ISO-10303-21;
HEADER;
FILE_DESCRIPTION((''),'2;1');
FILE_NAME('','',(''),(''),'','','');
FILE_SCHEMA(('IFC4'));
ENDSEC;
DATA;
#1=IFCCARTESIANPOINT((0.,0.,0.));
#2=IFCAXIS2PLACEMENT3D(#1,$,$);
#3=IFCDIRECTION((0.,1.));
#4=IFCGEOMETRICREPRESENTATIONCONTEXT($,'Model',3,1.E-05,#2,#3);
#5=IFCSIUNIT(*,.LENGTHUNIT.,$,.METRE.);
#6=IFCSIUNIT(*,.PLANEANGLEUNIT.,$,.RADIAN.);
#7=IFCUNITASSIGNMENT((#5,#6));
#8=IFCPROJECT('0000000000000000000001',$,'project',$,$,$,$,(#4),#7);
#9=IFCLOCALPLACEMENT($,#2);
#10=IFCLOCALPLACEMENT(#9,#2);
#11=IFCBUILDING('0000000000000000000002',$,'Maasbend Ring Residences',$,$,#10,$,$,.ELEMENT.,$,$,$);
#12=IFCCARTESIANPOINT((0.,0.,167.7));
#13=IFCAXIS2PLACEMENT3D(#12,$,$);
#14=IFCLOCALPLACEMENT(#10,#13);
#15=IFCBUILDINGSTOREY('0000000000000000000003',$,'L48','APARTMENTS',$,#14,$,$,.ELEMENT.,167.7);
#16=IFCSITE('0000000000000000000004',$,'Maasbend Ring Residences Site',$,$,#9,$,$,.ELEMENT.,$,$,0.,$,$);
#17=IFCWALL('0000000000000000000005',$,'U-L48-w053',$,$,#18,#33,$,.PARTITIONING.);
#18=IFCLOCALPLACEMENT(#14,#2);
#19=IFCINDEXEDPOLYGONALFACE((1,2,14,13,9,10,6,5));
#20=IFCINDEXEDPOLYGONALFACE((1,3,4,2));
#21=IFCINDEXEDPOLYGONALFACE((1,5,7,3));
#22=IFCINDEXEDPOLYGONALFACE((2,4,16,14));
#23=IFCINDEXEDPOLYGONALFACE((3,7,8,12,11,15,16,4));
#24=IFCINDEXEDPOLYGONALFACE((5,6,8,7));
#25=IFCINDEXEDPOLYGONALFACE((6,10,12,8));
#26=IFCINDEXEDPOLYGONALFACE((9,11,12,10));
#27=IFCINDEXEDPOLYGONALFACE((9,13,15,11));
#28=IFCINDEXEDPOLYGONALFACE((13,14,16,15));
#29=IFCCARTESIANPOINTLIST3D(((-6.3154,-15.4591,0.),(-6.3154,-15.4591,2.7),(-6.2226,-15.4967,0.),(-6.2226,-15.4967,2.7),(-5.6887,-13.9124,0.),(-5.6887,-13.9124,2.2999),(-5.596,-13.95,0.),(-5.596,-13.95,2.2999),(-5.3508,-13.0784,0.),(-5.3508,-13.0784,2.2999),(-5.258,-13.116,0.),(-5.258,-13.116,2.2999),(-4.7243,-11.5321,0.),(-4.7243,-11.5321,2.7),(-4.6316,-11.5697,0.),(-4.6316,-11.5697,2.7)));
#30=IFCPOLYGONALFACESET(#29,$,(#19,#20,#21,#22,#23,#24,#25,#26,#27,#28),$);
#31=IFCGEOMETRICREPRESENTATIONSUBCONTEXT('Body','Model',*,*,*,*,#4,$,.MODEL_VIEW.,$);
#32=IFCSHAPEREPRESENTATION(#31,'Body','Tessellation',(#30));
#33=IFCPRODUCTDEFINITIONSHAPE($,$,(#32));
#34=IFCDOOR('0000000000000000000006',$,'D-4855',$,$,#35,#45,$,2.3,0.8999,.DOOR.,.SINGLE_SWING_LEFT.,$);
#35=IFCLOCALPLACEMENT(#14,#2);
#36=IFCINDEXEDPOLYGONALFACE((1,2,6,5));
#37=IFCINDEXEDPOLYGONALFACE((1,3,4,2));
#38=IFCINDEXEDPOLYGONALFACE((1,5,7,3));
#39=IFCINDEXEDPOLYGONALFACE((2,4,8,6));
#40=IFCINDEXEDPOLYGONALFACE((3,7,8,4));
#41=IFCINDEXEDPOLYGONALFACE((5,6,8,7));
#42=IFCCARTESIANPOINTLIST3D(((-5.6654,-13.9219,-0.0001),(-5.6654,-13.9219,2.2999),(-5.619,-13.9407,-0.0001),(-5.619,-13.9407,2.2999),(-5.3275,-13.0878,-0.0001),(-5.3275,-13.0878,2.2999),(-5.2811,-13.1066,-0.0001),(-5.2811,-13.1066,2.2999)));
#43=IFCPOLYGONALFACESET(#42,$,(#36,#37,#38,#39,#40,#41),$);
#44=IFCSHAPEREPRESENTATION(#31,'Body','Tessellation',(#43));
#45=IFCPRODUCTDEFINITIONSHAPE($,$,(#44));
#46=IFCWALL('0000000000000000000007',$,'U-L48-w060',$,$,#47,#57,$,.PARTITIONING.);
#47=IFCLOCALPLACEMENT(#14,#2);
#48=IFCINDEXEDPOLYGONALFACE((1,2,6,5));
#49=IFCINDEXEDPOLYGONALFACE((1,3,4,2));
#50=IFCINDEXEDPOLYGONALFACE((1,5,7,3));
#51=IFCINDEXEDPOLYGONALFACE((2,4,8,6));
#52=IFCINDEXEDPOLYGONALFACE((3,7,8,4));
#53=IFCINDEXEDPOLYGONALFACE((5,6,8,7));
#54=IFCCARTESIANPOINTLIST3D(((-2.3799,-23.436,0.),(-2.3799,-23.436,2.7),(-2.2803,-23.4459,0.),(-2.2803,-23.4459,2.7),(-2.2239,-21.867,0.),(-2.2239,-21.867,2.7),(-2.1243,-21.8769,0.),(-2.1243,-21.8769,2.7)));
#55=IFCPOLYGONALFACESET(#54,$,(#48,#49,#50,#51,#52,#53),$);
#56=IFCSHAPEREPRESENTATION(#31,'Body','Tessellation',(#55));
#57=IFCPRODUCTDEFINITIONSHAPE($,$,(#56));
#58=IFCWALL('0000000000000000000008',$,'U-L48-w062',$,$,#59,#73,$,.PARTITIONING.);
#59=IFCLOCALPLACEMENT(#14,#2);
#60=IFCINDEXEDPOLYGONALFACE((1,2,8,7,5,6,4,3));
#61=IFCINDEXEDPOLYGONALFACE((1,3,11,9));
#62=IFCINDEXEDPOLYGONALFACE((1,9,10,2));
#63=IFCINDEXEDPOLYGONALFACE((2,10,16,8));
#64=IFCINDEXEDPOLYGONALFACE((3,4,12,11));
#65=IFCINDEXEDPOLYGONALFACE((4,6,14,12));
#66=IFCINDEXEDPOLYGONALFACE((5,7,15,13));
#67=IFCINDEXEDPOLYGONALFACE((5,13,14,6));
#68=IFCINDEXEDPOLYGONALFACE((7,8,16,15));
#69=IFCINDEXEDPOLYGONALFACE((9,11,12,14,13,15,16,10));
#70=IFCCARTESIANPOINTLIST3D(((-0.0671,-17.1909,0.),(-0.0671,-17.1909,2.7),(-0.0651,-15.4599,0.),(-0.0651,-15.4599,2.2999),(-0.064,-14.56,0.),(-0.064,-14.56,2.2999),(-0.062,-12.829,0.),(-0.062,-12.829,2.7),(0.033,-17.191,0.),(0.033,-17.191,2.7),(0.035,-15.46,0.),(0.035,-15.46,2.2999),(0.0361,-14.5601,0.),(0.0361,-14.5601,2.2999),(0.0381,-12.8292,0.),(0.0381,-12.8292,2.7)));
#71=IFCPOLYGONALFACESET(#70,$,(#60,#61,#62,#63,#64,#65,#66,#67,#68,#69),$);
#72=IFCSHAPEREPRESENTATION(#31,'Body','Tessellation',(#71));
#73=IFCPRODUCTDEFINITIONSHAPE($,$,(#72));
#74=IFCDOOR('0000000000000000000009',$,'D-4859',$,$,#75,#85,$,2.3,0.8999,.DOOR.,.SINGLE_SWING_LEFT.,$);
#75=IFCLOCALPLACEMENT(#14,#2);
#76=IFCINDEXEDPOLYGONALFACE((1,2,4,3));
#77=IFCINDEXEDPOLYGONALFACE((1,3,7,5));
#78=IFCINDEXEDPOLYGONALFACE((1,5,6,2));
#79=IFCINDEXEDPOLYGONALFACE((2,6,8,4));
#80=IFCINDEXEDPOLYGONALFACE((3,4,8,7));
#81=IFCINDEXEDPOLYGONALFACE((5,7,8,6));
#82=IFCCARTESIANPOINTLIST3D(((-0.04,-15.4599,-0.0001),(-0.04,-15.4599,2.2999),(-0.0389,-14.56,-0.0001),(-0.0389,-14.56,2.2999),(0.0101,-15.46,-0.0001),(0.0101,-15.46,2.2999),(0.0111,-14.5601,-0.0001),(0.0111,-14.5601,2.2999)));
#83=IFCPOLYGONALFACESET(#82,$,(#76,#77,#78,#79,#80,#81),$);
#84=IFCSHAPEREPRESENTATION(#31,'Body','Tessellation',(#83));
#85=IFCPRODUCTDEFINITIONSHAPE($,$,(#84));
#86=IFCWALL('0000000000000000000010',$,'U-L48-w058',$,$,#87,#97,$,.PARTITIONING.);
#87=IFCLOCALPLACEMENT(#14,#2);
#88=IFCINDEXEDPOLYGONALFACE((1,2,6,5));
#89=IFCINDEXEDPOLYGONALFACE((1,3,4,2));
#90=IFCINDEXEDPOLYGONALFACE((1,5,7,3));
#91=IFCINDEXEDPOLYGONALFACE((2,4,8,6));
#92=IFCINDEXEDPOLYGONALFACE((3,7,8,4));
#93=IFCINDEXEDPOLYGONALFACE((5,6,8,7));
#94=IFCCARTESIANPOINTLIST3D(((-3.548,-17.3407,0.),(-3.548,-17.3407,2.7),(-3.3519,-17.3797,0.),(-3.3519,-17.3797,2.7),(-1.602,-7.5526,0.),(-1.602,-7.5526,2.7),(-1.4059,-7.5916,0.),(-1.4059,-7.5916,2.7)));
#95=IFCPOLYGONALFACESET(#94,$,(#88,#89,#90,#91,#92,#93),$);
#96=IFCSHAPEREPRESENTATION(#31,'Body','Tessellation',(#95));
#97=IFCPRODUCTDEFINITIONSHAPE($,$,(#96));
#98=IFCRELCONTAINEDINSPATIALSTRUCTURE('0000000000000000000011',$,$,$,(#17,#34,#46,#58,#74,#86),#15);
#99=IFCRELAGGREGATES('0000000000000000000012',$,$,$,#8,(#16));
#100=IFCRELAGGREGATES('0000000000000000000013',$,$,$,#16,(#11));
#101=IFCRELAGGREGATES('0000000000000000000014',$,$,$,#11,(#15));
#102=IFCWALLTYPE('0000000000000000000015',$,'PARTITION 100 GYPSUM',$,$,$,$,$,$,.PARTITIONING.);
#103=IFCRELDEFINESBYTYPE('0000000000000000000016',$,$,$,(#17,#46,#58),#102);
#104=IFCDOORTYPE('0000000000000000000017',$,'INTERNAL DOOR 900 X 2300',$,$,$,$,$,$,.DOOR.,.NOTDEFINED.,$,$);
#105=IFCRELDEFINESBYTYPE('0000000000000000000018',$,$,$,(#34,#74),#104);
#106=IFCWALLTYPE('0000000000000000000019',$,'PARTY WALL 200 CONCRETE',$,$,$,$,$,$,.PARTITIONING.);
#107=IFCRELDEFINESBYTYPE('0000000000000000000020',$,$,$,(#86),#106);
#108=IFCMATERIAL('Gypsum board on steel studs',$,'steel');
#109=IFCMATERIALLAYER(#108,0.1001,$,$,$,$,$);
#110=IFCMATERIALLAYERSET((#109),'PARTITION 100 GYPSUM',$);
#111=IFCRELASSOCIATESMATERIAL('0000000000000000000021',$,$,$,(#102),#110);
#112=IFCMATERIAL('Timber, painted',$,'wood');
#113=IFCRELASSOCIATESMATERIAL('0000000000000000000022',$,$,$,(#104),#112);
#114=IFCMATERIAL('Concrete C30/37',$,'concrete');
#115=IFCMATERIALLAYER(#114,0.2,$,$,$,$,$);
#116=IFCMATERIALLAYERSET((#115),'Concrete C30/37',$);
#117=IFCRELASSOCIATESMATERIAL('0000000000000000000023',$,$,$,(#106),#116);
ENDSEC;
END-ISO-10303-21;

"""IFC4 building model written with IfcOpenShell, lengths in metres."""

from ifc_helpers import new_model, si_unit, direction, frame, frame_2d, origin, place, context, subcontext, project, spatial, rectangle, extrude, material, layer, layer_set, type_object, element, fill, save


model = new_model("IFC4")

# Units and contexts
model_context = context("Model", 3, precision=1e-05, world=origin(), true_north=direction((0.0, 1.0)))
body_context = subcontext(model_context, "Body", "Model", "MODEL_VIEW")
ifc_project = project(units=[si_unit("LENGTHUNIT", "METRE"), si_unit("PLANEANGLEUNIT", "RADIAN")], contexts=[model_context])

# Site, building, storey
site_placement = place(None, origin())
site = spatial("IfcSite", under=ifc_project, at=site_placement, Name="Maasbend Ring Residences Site", CompositionType="ELEMENT", RefElevation=0.0)
building_placement = place(site_placement, origin())
building = spatial("IfcBuilding", under=site, at=building_placement, Name="Maasbend Ring Residences", CompositionType="ELEMENT")
storey_placement = place(building_placement, frame((0.0, 0.0, 167.7)))
storey = spatial("IfcBuildingStorey", under=building, at=storey_placement, Name="L48", Description="APARTMENTS", CompositionType="ELEMENT", Elevation=167.7)

# Shared definitions
ifc_material_1 = material(Name="Gypsum board on steel studs", Category="steel")
ifc_layer_1 = layer(ifc_material_1, 0.1001)
ifc_layer_set_1 = layer_set([ifc_layer_1], Name="PARTITION 100 GYPSUM")
wall_type_1 = type_object("IfcWallType", Name="PARTITION 100 GYPSUM", PredefinedType="PARTITIONING", material=ifc_layer_set_1)
ifc_material_2 = material(Name="Timber, painted", Category="wood")
door_type_1 = type_object("IfcDoorType", Name="INTERNAL DOOR 900 X 2300", OperationType="NOTDEFINED", PredefinedType="DOOR", material=ifc_material_2)

# Wall, opening, door
wall_1_placement = place(storey_placement, frame((-6.269, -15.478, 0.0), z_axis=(0.0, 0.0, 1.0), x_axis=(0.37551, 0.926818, 0.0)))
wall_1 = element("IfcWall", 1, at=wall_1_placement, inside=storey, type_object=wall_type_1, Name="U-L48-w053", PredefinedType="PARTITIONING", context=body_context, shape_type="SweptSolid", body=[
    extrude(rectangle(XDim=4.2371, YDim=0.1001, at=frame_2d((2.1187, 0.0))), origin(), (0.0, 0.0, 1.0), 2.7),
])
opening_1_placement = place(wall_1_placement, frame((1.6689, 0.0, 0.0)))
opening_1 = element("IfcOpeningElement", 2, at=opening_1_placement, cuts=wall_1, PredefinedType="OPENING", context=body_context, shape_type="SweptSolid", body=[
    extrude(rectangle(XDim=0.8999, YDim=2.3, at=frame_2d((0.45, 1.1499))), frame((0.0, 0.0601, 0.0), z_axis=(0.0, -1.0, 0.0), x_axis=(1.0, 0.0, 0.0)), (0.0, 0.0, 1.0), 0.1201),
])
door_1_placement = place(opening_1_placement, origin())
door_1 = element("IfcDoor", 3, at=door_1_placement, inside=storey, type_object=door_type_1, Name="D-4855", OperationType="SINGLE_SWING_LEFT", OverallHeight=2.3, OverallWidth=0.8999, PredefinedType="DOOR", context=body_context, shape_type="SweptSolid", body=[
    extrude(rectangle(XDim=0.8999, YDim=2.3, at=frame_2d((0.45, 1.1499))), frame((0.0, 0.0249, 0.0), z_axis=(0.0, -1.0, 0.0), x_axis=(1.0, 0.0, 0.0)), (0.0, 0.0, 1.0), 0.05),
])
fill(opening_1, door_1)

# Wall
wall_2_placement = place(storey_placement, frame((-2.3301, -23.4409, 0.0), z_axis=(0.0, 0.0, 1.0), x_axis=(0.098952, 0.995092, 0.0)))
element("IfcWall", 4, at=wall_2_placement, inside=storey, type_object=wall_type_1, Name="U-L48-w060", PredefinedType="PARTITIONING", context=body_context, shape_type="SweptSolid", body=[
    extrude(rectangle(XDim=1.5767, YDim=0.1001, at=frame_2d((0.7883, 0.0))), origin(), (0.0, 0.0, 1.0), 2.7),
])

# Wall, opening, door
wall_3_placement = place(storey_placement, frame((-0.0171, -17.1909, 0.0), z_axis=(0.0, 0.0, 1.0), x_axis=(0.001175, 0.999999, 0.0)))
wall_3 = element("IfcWall", 5, at=wall_3_placement, inside=storey, type_object=wall_type_1, Name="U-L48-w062", PredefinedType="PARTITIONING", context=body_context, shape_type="SweptSolid", body=[
    extrude(rectangle(XDim=4.3618, YDim=0.1001, at=frame_2d((2.1809, 0.0))), origin(), (0.0, 0.0, 1.0), 2.7),
])
opening_2_placement = place(wall_3_placement, frame((1.731, 0.0, 0.0)))
opening_2 = element("IfcOpeningElement", 6, at=opening_2_placement, cuts=wall_3, PredefinedType="OPENING", context=body_context, shape_type="SweptSolid", body=[
    extrude(rectangle(XDim=0.8999, YDim=2.3, at=frame_2d((0.45, 1.1499))), frame((0.0, 0.0601, 0.0), z_axis=(0.0, -1.0, 0.0), x_axis=(1.0, 0.0, 0.0)), (0.0, 0.0, 1.0), 0.1201),
])
door_2_placement = place(opening_2_placement, origin())
door_2 = element("IfcDoor", 7, at=door_2_placement, inside=storey, type_object=door_type_1, Name="D-4859", OperationType="SINGLE_SWING_LEFT", OverallHeight=2.3, OverallWidth=0.8999, PredefinedType="DOOR", context=body_context, shape_type="SweptSolid", body=[
    extrude(rectangle(XDim=0.8999, YDim=2.3, at=frame_2d((0.45, 1.1499))), frame((0.0, 0.0249, 0.0), z_axis=(0.0, -1.0, 0.0), x_axis=(1.0, 0.0, 0.0)), (0.0, 0.0, 1.0), 0.05),
])
fill(opening_2, door_2)

# Wall
ifc_material_3 = material(Name="Concrete C30/37", Category="concrete")
ifc_layer_2 = layer(ifc_material_3, 0.2)
ifc_layer_set_2 = layer_set([ifc_layer_2], Name="Concrete C30/37")
wall_type_2 = type_object("IfcWallType", Name="PARTY WALL 200 CONCRETE", PredefinedType="PARTITIONING", material=ifc_layer_set_2)
wall_4_placement = place(storey_placement, frame((-3.45, -17.3601, 0.0), z_axis=(0.0, 0.0, 1.0), x_axis=(0.195001, 0.980803, 0.0)))
element("IfcWall", 8, at=wall_4_placement, inside=storey, type_object=wall_type_2, Name="U-L48-w058", PredefinedType="PARTITIONING", context=body_context, shape_type="SweptSolid", body=[
    extrude(rectangle(XDim=9.9797, YDim=0.2, at=frame_2d((4.9897, 0.0))), origin(), (0.0, 0.0, 1.0), 2.7),
])

save(model, "model.ifc")
